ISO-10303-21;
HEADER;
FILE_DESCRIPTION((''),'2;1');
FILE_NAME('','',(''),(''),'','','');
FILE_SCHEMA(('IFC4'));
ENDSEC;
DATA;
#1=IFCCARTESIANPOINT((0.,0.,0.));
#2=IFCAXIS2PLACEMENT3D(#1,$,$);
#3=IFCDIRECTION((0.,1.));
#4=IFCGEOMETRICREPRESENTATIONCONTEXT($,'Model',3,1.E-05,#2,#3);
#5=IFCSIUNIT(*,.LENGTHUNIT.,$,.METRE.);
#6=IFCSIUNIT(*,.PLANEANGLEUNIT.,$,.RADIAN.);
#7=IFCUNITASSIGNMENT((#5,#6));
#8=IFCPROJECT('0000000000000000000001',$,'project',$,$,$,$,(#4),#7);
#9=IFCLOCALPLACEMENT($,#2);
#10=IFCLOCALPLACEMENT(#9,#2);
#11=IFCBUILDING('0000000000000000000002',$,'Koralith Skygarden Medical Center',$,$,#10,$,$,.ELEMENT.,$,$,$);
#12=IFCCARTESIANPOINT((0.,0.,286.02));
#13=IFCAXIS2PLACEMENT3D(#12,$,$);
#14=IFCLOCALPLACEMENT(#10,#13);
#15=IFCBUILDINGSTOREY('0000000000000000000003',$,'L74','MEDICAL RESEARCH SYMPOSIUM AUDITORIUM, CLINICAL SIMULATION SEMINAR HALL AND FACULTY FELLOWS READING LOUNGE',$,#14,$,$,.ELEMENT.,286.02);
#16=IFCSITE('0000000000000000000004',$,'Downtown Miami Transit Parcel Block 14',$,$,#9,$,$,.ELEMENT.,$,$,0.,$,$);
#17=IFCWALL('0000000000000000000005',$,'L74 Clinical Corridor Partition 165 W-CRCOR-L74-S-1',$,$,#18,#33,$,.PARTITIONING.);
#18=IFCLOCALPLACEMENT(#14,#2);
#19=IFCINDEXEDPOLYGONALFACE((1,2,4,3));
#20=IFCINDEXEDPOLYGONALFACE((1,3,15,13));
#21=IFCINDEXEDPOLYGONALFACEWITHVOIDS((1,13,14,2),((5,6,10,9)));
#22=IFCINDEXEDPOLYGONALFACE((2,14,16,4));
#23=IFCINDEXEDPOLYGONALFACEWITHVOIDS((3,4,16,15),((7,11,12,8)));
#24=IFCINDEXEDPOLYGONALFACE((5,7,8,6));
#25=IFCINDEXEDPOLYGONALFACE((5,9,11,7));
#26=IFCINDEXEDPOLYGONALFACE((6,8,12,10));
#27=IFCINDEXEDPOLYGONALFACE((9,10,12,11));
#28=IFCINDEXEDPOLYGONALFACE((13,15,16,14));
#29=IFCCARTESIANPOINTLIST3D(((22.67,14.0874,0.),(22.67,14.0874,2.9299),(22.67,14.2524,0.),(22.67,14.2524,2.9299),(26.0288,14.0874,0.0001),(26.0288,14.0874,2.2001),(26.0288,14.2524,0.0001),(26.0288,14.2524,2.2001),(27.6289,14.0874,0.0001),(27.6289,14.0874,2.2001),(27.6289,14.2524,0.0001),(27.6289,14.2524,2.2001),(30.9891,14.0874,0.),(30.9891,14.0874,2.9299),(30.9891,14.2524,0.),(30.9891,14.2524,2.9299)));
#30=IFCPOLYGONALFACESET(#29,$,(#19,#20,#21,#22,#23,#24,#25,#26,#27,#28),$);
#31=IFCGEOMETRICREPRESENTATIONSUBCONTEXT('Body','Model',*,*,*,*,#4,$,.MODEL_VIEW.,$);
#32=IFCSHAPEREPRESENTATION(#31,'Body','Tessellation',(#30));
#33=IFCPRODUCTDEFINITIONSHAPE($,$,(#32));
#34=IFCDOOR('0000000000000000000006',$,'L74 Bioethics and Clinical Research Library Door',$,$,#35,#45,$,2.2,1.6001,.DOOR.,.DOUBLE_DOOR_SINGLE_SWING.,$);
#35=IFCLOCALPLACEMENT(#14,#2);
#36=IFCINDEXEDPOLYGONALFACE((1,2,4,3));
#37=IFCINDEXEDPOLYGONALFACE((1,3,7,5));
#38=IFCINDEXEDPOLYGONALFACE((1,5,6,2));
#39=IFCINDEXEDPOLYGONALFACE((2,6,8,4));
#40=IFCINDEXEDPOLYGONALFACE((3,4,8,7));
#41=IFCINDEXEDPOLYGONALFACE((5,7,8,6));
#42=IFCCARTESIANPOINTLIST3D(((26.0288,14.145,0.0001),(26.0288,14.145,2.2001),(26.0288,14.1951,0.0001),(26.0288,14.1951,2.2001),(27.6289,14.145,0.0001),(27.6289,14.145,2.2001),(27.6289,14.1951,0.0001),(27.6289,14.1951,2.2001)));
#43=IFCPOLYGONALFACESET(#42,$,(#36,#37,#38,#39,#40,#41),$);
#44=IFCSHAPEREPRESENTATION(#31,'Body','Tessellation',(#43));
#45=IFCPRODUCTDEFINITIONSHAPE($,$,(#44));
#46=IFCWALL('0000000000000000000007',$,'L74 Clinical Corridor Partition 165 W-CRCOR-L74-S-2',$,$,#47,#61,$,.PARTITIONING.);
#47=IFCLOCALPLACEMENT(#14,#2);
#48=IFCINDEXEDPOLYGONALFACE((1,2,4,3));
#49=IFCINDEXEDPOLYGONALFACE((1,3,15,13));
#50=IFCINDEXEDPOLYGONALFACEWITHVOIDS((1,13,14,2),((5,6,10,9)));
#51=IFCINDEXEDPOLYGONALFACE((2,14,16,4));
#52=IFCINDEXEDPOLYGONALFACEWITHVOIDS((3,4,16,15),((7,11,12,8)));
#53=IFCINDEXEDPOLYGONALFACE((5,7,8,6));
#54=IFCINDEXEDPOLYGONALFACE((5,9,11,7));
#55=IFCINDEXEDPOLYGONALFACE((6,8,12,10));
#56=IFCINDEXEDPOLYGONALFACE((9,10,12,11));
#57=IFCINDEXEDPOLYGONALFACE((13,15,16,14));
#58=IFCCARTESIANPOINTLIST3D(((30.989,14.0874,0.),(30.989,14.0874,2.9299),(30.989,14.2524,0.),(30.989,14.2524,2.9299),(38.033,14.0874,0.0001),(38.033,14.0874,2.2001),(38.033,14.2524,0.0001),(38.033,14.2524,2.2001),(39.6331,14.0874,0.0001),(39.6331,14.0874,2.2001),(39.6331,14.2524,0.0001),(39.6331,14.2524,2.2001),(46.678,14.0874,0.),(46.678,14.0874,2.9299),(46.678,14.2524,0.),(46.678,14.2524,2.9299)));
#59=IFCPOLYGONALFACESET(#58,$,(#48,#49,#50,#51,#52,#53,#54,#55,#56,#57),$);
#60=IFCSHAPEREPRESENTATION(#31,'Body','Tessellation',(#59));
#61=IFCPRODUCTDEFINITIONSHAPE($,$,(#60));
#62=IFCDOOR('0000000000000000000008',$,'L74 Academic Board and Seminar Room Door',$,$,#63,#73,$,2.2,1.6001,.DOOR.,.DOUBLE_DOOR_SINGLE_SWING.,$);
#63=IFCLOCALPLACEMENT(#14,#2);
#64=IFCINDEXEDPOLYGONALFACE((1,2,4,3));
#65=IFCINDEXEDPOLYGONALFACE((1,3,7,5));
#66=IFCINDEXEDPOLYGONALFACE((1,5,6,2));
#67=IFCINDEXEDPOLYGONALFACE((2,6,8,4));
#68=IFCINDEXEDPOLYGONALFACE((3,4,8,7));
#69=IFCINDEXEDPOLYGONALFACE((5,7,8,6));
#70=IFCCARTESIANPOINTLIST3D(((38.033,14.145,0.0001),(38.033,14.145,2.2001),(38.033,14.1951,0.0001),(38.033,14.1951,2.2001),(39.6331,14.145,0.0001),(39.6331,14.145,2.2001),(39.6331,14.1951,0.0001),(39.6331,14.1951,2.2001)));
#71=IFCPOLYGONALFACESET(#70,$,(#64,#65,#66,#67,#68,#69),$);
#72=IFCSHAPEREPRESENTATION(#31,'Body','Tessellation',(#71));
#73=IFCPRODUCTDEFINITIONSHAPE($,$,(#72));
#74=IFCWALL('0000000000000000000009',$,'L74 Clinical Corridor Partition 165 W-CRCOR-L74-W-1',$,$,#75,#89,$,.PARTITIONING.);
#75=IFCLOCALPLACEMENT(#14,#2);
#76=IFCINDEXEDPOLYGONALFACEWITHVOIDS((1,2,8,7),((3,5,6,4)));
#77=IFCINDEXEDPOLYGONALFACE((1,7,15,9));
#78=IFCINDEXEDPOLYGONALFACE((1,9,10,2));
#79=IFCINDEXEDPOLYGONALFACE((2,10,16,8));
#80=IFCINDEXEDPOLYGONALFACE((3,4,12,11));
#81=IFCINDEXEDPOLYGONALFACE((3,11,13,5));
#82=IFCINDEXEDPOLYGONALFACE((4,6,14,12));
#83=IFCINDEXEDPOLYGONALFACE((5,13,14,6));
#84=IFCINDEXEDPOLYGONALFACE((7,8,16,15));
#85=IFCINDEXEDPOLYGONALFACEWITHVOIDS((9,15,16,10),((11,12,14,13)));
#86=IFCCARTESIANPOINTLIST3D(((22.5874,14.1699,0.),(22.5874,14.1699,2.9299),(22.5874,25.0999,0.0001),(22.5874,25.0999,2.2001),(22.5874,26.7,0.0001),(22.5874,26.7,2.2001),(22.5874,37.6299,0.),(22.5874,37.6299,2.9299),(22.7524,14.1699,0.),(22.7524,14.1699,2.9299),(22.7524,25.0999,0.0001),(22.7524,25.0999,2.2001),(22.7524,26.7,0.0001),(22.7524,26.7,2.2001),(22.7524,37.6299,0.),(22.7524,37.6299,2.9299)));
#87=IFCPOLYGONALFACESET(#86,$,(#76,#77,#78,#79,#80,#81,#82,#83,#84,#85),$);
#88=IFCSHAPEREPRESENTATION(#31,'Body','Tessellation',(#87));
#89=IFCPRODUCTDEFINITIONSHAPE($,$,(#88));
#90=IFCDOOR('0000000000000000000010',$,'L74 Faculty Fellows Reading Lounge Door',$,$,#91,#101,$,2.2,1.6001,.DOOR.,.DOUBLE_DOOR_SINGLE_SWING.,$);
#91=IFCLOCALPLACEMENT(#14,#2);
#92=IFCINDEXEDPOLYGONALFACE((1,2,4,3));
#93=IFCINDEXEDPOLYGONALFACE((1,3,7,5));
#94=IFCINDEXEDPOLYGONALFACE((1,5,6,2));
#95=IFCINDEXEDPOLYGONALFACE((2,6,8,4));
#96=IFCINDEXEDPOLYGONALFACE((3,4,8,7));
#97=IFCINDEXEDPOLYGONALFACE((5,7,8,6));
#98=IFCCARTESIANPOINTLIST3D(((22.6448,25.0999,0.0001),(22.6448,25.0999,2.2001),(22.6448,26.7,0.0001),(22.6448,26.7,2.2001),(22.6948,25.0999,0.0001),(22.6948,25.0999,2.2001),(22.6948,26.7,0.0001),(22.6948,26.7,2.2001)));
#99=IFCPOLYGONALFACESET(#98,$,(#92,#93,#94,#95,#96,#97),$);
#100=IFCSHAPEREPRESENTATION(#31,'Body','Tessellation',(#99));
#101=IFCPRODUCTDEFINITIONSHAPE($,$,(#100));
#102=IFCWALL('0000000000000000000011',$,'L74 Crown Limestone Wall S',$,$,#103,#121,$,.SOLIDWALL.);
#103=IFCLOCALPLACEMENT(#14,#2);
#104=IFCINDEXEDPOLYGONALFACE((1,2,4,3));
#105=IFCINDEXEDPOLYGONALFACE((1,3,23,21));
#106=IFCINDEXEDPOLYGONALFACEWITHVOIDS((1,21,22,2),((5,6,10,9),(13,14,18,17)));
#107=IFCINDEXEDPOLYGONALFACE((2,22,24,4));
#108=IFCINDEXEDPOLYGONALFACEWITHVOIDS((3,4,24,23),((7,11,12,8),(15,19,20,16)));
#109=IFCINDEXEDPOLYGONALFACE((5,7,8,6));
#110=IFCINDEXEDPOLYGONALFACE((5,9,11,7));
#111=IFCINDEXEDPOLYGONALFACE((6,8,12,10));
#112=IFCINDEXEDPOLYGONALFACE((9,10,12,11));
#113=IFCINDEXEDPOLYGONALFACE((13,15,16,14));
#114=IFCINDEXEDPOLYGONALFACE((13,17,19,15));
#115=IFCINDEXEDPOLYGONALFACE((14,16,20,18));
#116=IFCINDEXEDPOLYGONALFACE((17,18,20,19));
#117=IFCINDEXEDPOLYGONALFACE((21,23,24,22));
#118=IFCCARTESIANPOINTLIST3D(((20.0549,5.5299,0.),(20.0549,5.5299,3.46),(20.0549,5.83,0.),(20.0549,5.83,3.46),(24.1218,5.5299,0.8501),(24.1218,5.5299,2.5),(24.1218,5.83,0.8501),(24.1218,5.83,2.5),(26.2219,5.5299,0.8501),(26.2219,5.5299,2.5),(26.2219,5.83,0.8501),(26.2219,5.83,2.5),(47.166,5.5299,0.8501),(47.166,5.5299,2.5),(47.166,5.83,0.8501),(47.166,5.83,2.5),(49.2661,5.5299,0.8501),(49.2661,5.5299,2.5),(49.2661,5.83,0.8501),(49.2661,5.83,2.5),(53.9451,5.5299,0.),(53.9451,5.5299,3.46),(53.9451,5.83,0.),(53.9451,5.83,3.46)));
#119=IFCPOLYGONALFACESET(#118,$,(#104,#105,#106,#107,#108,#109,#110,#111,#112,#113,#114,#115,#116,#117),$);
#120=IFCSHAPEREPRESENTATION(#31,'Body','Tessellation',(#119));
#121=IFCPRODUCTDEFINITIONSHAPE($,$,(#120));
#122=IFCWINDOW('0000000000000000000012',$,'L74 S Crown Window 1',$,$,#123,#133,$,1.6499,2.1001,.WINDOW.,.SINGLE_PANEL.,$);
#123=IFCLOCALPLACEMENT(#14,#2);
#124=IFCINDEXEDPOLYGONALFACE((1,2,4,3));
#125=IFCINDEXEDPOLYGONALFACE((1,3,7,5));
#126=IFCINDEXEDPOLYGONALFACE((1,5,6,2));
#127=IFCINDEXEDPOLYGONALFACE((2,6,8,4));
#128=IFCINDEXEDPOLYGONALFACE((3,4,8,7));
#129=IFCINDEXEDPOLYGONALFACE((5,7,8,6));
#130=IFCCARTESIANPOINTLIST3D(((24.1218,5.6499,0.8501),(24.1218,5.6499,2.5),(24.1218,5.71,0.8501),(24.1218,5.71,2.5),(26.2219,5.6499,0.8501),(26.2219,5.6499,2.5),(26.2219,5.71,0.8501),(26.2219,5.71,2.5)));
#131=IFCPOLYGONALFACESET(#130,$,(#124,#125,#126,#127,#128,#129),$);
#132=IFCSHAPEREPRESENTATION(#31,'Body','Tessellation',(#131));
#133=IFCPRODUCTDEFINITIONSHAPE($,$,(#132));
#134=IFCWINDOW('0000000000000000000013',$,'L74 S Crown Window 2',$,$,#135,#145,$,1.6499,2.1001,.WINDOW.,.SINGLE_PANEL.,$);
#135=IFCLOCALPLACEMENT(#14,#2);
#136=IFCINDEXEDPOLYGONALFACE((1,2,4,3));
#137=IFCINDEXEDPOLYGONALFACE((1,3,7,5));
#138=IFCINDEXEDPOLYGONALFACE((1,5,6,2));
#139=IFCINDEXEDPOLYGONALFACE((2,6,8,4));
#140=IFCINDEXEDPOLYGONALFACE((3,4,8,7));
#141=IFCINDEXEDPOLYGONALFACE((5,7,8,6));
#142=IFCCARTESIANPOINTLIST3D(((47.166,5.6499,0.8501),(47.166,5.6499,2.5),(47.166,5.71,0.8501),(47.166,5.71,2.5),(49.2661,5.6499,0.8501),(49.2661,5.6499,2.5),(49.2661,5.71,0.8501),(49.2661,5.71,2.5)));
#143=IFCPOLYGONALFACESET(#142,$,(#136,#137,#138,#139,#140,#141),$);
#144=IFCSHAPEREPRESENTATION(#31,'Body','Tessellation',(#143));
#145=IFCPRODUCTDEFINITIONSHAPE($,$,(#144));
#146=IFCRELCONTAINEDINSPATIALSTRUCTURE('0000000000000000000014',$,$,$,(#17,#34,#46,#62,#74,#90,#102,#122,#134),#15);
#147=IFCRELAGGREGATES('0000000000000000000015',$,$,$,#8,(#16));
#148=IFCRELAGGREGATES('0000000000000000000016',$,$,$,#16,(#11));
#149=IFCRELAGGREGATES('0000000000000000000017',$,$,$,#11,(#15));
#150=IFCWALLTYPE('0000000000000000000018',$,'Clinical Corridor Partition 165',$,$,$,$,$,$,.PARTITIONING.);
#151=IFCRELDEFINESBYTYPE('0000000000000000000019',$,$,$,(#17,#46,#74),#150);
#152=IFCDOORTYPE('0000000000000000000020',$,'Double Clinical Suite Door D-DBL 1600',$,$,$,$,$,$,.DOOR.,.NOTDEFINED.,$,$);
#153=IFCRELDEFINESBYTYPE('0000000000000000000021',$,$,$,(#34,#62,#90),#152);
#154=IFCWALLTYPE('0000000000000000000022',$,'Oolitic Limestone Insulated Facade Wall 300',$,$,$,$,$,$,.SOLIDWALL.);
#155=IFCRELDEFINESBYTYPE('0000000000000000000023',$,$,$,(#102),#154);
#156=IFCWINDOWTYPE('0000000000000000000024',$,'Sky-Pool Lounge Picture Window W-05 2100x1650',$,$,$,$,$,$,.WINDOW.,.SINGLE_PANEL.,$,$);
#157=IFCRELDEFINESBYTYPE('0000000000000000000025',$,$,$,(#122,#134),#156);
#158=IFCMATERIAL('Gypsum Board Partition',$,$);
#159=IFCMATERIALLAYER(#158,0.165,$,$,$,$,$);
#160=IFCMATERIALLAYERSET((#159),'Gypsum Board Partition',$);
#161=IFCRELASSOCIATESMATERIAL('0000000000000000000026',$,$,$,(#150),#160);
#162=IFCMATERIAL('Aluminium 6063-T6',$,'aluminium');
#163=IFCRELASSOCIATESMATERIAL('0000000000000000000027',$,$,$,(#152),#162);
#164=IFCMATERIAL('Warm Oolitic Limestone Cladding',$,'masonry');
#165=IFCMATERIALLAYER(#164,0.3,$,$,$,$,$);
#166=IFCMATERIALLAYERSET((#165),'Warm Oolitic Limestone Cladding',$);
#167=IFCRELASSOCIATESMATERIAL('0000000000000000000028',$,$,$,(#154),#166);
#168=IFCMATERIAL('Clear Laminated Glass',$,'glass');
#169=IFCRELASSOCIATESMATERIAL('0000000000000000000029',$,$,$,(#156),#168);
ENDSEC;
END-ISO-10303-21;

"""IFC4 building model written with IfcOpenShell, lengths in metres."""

from ifc_helpers import new_model, si_unit, direction, frame, frame_2d, origin, place, context, subcontext, project, spatial, rectangle, extrude, material, layer, layer_set, type_object, element, fill, save


model = new_model("IFC4")

# Units and contexts
model_context = context("Model", 3, precision=1e-05, world=origin(), true_north=direction((0.0, 1.0)))
body_context = subcontext(model_context, "Body", "Model", "MODEL_VIEW")
ifc_project = project(units=[si_unit("LENGTHUNIT", "METRE"), si_unit("PLANEANGLEUNIT", "RADIAN")], contexts=[model_context])

# Site, building, storey
site_placement = place(None, origin())
site = spatial("IfcSite", under=ifc_project, at=site_placement, Name="Downtown Miami Transit Parcel Block 14", CompositionType="ELEMENT", RefElevation=0.0)
building_placement = place(site_placement, origin())
building = spatial("IfcBuilding", under=site, at=building_placement, Name="Koralith Skygarden Medical Center", CompositionType="ELEMENT")
storey_placement = place(building_placement, frame((0.0, 0.0, 286.02)))
storey = spatial("IfcBuildingStorey", under=building, at=storey_placement, Name="L74", Description="MEDICAL RESEARCH SYMPOSIUM AUDITORIUM, CLINICAL SIMULATION SEMINAR HALL AND FACULTY FELLOWS READING LOUNGE", CompositionType="ELEMENT", Elevation=286.02)

# Shared definitions
ifc_material_1 = material(Name="Warm Oolitic Limestone Cladding", Category="masonry")

# Shared definitions
ifc_material_2 = material(Name="Gypsum Board Partition")

# Walls, openings, doors
ifc_layer_1 = layer(ifc_material_2, 0.165)
ifc_layer_set_1 = layer_set([ifc_layer_1], Name="Gypsum Board Partition")
wall_type_1 = type_object("IfcWallType", Name="Clinical Corridor Partition 165", PredefinedType="PARTITIONING", material=ifc_layer_set_1)
wall_1_placement = place(storey_placement, frame((22.6699, 14.1699, 0.0), z_axis=(0.0, 0.0, 1.0), x_axis=(1.0, 0.0, 0.0)))
wall_1 = element("IfcWall", 1, at=wall_1_placement, inside=storey, type_object=wall_type_1, Name="L74 Clinical Corridor Partition 165 W-CRCOR-L74-S-1", PredefinedType="PARTITIONING", context=body_context, shape_type="SweptSolid", body=[
    extrude(rectangle(XDim=8.3191, YDim=0.165, at=frame_2d((4.1597, 0.0))), origin(), (0.0, 0.0, 1.0), 2.9299),
])
opening_1_placement = place(wall_1_placement, frame((3.3589, 0.0, 0.0)))
opening_1 = element("IfcOpeningElement", 2, at=opening_1_placement, cuts=wall_1, PredefinedType="OPENING", context=body_context, shape_type="SweptSolid", body=[
    extrude(rectangle(XDim=1.6001, YDim=2.2, at=frame_2d((0.8, 1.1001))), frame((0.0, 0.0925, 0.0), z_axis=(0.0, -1.0, 0.0), x_axis=(1.0, 0.0, 0.0)), (0.0, 0.0, 1.0), 0.1851),
])
ifc_material_3 = material(Name="Aluminium 6063-T6", Category="aluminium")
door_type = type_object("IfcDoorType", Name="Double Clinical Suite Door D-DBL 1600", OperationType="NOTDEFINED", PredefinedType="DOOR", material=ifc_material_3)
door_1_placement = place(opening_1_placement, frame((1.6001, 0.0, 0.0), z_axis=(0.0, 0.0, 1.0), x_axis=(-1.0, 0.0, 0.0)))
door_1 = element("IfcDoor", 3, at=door_1_placement, inside=storey, type_object=door_type, Name="L74 Bioethics and Clinical Research Library Door", OperationType="DOUBLE_DOOR_SINGLE_SWING", OverallHeight=2.2, OverallWidth=1.6001, PredefinedType="DOOR", context=body_context, shape_type="SweptSolid", body=[
    extrude(rectangle(XDim=1.6001, YDim=2.2, at=frame_2d((0.8, 1.1001))), frame((0.0, 0.0249, 0.0), z_axis=(0.0, -1.0, 0.0), x_axis=(1.0, 0.0, 0.0)), (0.0, 0.0, 1.0), 0.05),
])
fill(opening_1, door_1)
wall_2_placement = place(storey_placement, frame((30.989, 14.1699, 0.0), z_axis=(0.0, 0.0, 1.0), x_axis=(1.0, 0.0, 0.0)))
wall_2 = element("IfcWall", 4, at=wall_2_placement, inside=storey, type_object=wall_type_1, Name="L74 Clinical Corridor Partition 165 W-CRCOR-L74-S-2", PredefinedType="PARTITIONING", context=body_context, shape_type="SweptSolid", body=[
    extrude(rectangle(XDim=15.689, YDim=0.165, at=frame_2d((7.8445, 0.0))), origin(), (0.0, 0.0, 1.0), 2.9299),
])
opening_2_placement = place(wall_2_placement, frame((7.0439, 0.0, 0.0)))
opening_2 = element("IfcOpeningElement", 5, at=opening_2_placement, cuts=wall_2, PredefinedType="OPENING", context=body_context, shape_type="SweptSolid", body=[
    extrude(rectangle(XDim=1.6001, YDim=2.2, at=frame_2d((0.8, 1.1001))), frame((0.0, 0.0925, 0.0), z_axis=(0.0, -1.0, 0.0), x_axis=(1.0, 0.0, 0.0)), (0.0, 0.0, 1.0), 0.1851),
])
door_2_placement = place(opening_2_placement, frame((1.6001, 0.0, 0.0), z_axis=(0.0, 0.0, 1.0), x_axis=(-1.0, 0.0, 0.0)))
door_2 = element("IfcDoor", 6, at=door_2_placement, inside=storey, type_object=door_type, Name="L74 Academic Board and Seminar Room Door", OperationType="DOUBLE_DOOR_SINGLE_SWING", OverallHeight=2.2, OverallWidth=1.6001, PredefinedType="DOOR", context=body_context, shape_type="SweptSolid", body=[
    extrude(rectangle(XDim=1.6001, YDim=2.2, at=frame_2d((0.8, 1.1001))), frame((0.0, 0.0249, 0.0), z_axis=(0.0, -1.0, 0.0), x_axis=(1.0, 0.0, 0.0)), (0.0, 0.0, 1.0), 0.05),
])
fill(opening_2, door_2)
wall_3_placement = place(storey_placement, frame((22.6699, 14.1699, 0.0), z_axis=(0.0, 0.0, 1.0), x_axis=(0.0, 1.0, 0.0)))
wall_3 = element("IfcWall", 7, at=wall_3_placement, inside=storey, type_object=wall_type_1, Name="L74 Clinical Corridor Partition 165 W-CRCOR-L74-W-1", PredefinedType="PARTITIONING", context=body_context, shape_type="SweptSolid", body=[
    extrude(rectangle(XDim=23.46, YDim=0.165, at=frame_2d((11.73, 0.0))), origin(), (0.0, 0.0, 1.0), 2.9299),
])
opening_3_placement = place(wall_3_placement, frame((10.9299, 0.0, 0.0)))
opening_3 = element("IfcOpeningElement", 8, at=opening_3_placement, cuts=wall_3, PredefinedType="OPENING", context=body_context, shape_type="SweptSolid", body=[
    extrude(rectangle(XDim=1.6001, YDim=2.2, at=frame_2d((0.8, 1.1001))), frame((0.0, 0.0925, 0.0), z_axis=(0.0, -1.0, 0.0), x_axis=(1.0, 0.0, 0.0)), (0.0, 0.0, 1.0), 0.1851),
])
door_3_placement = place(opening_3_placement, frame((1.6001, 0.0, 0.0), z_axis=(0.0, 0.0, 1.0), x_axis=(-1.0, 0.0, 0.0)))
door_3 = element("IfcDoor", 9, at=door_3_placement, inside=storey, type_object=door_type, Name="L74 Faculty Fellows Reading Lounge Door", OperationType="DOUBLE_DOOR_SINGLE_SWING", OverallHeight=2.2, OverallWidth=1.6001, PredefinedType="DOOR", context=body_context, shape_type="SweptSolid", body=[
    extrude(rectangle(XDim=1.6001, YDim=2.2, at=frame_2d((0.8, 1.1001))), frame((0.0, 0.0249, 0.0), z_axis=(0.0, -1.0, 0.0), x_axis=(1.0, 0.0, 0.0)), (0.0, 0.0, 1.0), 0.05),
])
fill(opening_3, door_3)

# Wall, openings, windows
ifc_layer_2 = layer(ifc_material_1, 0.3)
ifc_layer_set_2 = layer_set([ifc_layer_2], Name="Warm Oolitic Limestone Cladding")
wall_type_2 = type_object("IfcWallType", Name="Oolitic Limestone Insulated Facade Wall 300", PredefinedType="SOLIDWALL", material=ifc_layer_set_2)
wall_4_placement = place(storey_placement, frame((20.0549, 5.6799, 0.0), z_axis=(0.0, 0.0, 1.0), x_axis=(1.0, 0.0, 0.0)))
wall_4 = element("IfcWall", 10, at=wall_4_placement, inside=storey, type_object=wall_type_2, Name="L74 Crown Limestone Wall S", PredefinedType="SOLIDWALL", context=body_context, shape_type="SweptSolid", body=[
    extrude(rectangle(XDim=33.8901, YDim=0.3, at=frame_2d((16.9451, 0.0))), origin(), (0.0, 0.0, 1.0), 3.46),
])
opening_4_placement = place(wall_4_placement, frame((4.0669, 0.0, 0.8501)))
opening_4 = element("IfcOpeningElement", 11, at=opening_4_placement, cuts=wall_4, PredefinedType="OPENING", context=body_context, shape_type="SweptSolid", body=[
    extrude(rectangle(XDim=2.1001, YDim=1.6499, at=frame_2d((1.05, 0.825))), frame((0.0, 0.1599, 0.0), z_axis=(0.0, -1.0, 0.0), x_axis=(1.0, 0.0, 0.0)), (0.0, 0.0, 1.0), 0.3201),
])
opening_5_placement = place(wall_4_placement, frame((27.1111, 0.0, 0.8501)))
opening_5 = element("IfcOpeningElement", 12, at=opening_5_placement, cuts=wall_4, PredefinedType="OPENING", context=body_context, shape_type="SweptSolid", body=[
    extrude(rectangle(XDim=2.1001, YDim=1.6499, at=frame_2d((1.05, 0.825))), frame((0.0, 0.1599, 0.0), z_axis=(0.0, -1.0, 0.0), x_axis=(1.0, 0.0, 0.0)), (0.0, 0.0, 1.0), 0.3201),
])
ifc_material_4 = material(Name="Clear Laminated Glass", Category="glass")
window_type = type_object("IfcWindowType", Name="Sky-Pool Lounge Picture Window W-05 2100x1650", PartitioningType="SINGLE_PANEL", PredefinedType="WINDOW", material=ifc_material_4)
window_1_placement = place(opening_4_placement, origin())
window_1 = element("IfcWindow", 13, at=window_1_placement, inside=storey, type_object=window_type, Name="L74 S Crown Window 1", OverallHeight=1.6499, OverallWidth=2.1001, PartitioningType="SINGLE_PANEL", PredefinedType="WINDOW", context=body_context, shape_type="SweptSolid", body=[
    extrude(rectangle(XDim=2.1001, YDim=1.6499, at=frame_2d((1.05, 0.825))), frame((0.0, 0.03, 0.0), z_axis=(0.0, -1.0, 0.0), x_axis=(1.0, 0.0, 0.0)), (0.0, 0.0, 1.0), 0.0601),
])
fill(opening_4, window_1)
window_2_placement = place(opening_5_placement, origin())
window_2 = element("IfcWindow", 14, at=window_2_placement, inside=storey, type_object=window_type, Name="L74 S Crown Window 2", OverallHeight=1.6499, OverallWidth=2.1001, PartitioningType="SINGLE_PANEL", PredefinedType="WINDOW", context=body_context, shape_type="SweptSolid", body=[
    extrude(rectangle(XDim=2.1001, YDim=1.6499, at=frame_2d((1.05, 0.825))), frame((0.0, 0.03, 0.0), z_axis=(0.0, -1.0, 0.0), x_axis=(1.0, 0.0, 0.0)), (0.0, 0.0, 1.0), 0.0601),
])
fill(opening_5, window_2)

save(model, "model.ifc")
